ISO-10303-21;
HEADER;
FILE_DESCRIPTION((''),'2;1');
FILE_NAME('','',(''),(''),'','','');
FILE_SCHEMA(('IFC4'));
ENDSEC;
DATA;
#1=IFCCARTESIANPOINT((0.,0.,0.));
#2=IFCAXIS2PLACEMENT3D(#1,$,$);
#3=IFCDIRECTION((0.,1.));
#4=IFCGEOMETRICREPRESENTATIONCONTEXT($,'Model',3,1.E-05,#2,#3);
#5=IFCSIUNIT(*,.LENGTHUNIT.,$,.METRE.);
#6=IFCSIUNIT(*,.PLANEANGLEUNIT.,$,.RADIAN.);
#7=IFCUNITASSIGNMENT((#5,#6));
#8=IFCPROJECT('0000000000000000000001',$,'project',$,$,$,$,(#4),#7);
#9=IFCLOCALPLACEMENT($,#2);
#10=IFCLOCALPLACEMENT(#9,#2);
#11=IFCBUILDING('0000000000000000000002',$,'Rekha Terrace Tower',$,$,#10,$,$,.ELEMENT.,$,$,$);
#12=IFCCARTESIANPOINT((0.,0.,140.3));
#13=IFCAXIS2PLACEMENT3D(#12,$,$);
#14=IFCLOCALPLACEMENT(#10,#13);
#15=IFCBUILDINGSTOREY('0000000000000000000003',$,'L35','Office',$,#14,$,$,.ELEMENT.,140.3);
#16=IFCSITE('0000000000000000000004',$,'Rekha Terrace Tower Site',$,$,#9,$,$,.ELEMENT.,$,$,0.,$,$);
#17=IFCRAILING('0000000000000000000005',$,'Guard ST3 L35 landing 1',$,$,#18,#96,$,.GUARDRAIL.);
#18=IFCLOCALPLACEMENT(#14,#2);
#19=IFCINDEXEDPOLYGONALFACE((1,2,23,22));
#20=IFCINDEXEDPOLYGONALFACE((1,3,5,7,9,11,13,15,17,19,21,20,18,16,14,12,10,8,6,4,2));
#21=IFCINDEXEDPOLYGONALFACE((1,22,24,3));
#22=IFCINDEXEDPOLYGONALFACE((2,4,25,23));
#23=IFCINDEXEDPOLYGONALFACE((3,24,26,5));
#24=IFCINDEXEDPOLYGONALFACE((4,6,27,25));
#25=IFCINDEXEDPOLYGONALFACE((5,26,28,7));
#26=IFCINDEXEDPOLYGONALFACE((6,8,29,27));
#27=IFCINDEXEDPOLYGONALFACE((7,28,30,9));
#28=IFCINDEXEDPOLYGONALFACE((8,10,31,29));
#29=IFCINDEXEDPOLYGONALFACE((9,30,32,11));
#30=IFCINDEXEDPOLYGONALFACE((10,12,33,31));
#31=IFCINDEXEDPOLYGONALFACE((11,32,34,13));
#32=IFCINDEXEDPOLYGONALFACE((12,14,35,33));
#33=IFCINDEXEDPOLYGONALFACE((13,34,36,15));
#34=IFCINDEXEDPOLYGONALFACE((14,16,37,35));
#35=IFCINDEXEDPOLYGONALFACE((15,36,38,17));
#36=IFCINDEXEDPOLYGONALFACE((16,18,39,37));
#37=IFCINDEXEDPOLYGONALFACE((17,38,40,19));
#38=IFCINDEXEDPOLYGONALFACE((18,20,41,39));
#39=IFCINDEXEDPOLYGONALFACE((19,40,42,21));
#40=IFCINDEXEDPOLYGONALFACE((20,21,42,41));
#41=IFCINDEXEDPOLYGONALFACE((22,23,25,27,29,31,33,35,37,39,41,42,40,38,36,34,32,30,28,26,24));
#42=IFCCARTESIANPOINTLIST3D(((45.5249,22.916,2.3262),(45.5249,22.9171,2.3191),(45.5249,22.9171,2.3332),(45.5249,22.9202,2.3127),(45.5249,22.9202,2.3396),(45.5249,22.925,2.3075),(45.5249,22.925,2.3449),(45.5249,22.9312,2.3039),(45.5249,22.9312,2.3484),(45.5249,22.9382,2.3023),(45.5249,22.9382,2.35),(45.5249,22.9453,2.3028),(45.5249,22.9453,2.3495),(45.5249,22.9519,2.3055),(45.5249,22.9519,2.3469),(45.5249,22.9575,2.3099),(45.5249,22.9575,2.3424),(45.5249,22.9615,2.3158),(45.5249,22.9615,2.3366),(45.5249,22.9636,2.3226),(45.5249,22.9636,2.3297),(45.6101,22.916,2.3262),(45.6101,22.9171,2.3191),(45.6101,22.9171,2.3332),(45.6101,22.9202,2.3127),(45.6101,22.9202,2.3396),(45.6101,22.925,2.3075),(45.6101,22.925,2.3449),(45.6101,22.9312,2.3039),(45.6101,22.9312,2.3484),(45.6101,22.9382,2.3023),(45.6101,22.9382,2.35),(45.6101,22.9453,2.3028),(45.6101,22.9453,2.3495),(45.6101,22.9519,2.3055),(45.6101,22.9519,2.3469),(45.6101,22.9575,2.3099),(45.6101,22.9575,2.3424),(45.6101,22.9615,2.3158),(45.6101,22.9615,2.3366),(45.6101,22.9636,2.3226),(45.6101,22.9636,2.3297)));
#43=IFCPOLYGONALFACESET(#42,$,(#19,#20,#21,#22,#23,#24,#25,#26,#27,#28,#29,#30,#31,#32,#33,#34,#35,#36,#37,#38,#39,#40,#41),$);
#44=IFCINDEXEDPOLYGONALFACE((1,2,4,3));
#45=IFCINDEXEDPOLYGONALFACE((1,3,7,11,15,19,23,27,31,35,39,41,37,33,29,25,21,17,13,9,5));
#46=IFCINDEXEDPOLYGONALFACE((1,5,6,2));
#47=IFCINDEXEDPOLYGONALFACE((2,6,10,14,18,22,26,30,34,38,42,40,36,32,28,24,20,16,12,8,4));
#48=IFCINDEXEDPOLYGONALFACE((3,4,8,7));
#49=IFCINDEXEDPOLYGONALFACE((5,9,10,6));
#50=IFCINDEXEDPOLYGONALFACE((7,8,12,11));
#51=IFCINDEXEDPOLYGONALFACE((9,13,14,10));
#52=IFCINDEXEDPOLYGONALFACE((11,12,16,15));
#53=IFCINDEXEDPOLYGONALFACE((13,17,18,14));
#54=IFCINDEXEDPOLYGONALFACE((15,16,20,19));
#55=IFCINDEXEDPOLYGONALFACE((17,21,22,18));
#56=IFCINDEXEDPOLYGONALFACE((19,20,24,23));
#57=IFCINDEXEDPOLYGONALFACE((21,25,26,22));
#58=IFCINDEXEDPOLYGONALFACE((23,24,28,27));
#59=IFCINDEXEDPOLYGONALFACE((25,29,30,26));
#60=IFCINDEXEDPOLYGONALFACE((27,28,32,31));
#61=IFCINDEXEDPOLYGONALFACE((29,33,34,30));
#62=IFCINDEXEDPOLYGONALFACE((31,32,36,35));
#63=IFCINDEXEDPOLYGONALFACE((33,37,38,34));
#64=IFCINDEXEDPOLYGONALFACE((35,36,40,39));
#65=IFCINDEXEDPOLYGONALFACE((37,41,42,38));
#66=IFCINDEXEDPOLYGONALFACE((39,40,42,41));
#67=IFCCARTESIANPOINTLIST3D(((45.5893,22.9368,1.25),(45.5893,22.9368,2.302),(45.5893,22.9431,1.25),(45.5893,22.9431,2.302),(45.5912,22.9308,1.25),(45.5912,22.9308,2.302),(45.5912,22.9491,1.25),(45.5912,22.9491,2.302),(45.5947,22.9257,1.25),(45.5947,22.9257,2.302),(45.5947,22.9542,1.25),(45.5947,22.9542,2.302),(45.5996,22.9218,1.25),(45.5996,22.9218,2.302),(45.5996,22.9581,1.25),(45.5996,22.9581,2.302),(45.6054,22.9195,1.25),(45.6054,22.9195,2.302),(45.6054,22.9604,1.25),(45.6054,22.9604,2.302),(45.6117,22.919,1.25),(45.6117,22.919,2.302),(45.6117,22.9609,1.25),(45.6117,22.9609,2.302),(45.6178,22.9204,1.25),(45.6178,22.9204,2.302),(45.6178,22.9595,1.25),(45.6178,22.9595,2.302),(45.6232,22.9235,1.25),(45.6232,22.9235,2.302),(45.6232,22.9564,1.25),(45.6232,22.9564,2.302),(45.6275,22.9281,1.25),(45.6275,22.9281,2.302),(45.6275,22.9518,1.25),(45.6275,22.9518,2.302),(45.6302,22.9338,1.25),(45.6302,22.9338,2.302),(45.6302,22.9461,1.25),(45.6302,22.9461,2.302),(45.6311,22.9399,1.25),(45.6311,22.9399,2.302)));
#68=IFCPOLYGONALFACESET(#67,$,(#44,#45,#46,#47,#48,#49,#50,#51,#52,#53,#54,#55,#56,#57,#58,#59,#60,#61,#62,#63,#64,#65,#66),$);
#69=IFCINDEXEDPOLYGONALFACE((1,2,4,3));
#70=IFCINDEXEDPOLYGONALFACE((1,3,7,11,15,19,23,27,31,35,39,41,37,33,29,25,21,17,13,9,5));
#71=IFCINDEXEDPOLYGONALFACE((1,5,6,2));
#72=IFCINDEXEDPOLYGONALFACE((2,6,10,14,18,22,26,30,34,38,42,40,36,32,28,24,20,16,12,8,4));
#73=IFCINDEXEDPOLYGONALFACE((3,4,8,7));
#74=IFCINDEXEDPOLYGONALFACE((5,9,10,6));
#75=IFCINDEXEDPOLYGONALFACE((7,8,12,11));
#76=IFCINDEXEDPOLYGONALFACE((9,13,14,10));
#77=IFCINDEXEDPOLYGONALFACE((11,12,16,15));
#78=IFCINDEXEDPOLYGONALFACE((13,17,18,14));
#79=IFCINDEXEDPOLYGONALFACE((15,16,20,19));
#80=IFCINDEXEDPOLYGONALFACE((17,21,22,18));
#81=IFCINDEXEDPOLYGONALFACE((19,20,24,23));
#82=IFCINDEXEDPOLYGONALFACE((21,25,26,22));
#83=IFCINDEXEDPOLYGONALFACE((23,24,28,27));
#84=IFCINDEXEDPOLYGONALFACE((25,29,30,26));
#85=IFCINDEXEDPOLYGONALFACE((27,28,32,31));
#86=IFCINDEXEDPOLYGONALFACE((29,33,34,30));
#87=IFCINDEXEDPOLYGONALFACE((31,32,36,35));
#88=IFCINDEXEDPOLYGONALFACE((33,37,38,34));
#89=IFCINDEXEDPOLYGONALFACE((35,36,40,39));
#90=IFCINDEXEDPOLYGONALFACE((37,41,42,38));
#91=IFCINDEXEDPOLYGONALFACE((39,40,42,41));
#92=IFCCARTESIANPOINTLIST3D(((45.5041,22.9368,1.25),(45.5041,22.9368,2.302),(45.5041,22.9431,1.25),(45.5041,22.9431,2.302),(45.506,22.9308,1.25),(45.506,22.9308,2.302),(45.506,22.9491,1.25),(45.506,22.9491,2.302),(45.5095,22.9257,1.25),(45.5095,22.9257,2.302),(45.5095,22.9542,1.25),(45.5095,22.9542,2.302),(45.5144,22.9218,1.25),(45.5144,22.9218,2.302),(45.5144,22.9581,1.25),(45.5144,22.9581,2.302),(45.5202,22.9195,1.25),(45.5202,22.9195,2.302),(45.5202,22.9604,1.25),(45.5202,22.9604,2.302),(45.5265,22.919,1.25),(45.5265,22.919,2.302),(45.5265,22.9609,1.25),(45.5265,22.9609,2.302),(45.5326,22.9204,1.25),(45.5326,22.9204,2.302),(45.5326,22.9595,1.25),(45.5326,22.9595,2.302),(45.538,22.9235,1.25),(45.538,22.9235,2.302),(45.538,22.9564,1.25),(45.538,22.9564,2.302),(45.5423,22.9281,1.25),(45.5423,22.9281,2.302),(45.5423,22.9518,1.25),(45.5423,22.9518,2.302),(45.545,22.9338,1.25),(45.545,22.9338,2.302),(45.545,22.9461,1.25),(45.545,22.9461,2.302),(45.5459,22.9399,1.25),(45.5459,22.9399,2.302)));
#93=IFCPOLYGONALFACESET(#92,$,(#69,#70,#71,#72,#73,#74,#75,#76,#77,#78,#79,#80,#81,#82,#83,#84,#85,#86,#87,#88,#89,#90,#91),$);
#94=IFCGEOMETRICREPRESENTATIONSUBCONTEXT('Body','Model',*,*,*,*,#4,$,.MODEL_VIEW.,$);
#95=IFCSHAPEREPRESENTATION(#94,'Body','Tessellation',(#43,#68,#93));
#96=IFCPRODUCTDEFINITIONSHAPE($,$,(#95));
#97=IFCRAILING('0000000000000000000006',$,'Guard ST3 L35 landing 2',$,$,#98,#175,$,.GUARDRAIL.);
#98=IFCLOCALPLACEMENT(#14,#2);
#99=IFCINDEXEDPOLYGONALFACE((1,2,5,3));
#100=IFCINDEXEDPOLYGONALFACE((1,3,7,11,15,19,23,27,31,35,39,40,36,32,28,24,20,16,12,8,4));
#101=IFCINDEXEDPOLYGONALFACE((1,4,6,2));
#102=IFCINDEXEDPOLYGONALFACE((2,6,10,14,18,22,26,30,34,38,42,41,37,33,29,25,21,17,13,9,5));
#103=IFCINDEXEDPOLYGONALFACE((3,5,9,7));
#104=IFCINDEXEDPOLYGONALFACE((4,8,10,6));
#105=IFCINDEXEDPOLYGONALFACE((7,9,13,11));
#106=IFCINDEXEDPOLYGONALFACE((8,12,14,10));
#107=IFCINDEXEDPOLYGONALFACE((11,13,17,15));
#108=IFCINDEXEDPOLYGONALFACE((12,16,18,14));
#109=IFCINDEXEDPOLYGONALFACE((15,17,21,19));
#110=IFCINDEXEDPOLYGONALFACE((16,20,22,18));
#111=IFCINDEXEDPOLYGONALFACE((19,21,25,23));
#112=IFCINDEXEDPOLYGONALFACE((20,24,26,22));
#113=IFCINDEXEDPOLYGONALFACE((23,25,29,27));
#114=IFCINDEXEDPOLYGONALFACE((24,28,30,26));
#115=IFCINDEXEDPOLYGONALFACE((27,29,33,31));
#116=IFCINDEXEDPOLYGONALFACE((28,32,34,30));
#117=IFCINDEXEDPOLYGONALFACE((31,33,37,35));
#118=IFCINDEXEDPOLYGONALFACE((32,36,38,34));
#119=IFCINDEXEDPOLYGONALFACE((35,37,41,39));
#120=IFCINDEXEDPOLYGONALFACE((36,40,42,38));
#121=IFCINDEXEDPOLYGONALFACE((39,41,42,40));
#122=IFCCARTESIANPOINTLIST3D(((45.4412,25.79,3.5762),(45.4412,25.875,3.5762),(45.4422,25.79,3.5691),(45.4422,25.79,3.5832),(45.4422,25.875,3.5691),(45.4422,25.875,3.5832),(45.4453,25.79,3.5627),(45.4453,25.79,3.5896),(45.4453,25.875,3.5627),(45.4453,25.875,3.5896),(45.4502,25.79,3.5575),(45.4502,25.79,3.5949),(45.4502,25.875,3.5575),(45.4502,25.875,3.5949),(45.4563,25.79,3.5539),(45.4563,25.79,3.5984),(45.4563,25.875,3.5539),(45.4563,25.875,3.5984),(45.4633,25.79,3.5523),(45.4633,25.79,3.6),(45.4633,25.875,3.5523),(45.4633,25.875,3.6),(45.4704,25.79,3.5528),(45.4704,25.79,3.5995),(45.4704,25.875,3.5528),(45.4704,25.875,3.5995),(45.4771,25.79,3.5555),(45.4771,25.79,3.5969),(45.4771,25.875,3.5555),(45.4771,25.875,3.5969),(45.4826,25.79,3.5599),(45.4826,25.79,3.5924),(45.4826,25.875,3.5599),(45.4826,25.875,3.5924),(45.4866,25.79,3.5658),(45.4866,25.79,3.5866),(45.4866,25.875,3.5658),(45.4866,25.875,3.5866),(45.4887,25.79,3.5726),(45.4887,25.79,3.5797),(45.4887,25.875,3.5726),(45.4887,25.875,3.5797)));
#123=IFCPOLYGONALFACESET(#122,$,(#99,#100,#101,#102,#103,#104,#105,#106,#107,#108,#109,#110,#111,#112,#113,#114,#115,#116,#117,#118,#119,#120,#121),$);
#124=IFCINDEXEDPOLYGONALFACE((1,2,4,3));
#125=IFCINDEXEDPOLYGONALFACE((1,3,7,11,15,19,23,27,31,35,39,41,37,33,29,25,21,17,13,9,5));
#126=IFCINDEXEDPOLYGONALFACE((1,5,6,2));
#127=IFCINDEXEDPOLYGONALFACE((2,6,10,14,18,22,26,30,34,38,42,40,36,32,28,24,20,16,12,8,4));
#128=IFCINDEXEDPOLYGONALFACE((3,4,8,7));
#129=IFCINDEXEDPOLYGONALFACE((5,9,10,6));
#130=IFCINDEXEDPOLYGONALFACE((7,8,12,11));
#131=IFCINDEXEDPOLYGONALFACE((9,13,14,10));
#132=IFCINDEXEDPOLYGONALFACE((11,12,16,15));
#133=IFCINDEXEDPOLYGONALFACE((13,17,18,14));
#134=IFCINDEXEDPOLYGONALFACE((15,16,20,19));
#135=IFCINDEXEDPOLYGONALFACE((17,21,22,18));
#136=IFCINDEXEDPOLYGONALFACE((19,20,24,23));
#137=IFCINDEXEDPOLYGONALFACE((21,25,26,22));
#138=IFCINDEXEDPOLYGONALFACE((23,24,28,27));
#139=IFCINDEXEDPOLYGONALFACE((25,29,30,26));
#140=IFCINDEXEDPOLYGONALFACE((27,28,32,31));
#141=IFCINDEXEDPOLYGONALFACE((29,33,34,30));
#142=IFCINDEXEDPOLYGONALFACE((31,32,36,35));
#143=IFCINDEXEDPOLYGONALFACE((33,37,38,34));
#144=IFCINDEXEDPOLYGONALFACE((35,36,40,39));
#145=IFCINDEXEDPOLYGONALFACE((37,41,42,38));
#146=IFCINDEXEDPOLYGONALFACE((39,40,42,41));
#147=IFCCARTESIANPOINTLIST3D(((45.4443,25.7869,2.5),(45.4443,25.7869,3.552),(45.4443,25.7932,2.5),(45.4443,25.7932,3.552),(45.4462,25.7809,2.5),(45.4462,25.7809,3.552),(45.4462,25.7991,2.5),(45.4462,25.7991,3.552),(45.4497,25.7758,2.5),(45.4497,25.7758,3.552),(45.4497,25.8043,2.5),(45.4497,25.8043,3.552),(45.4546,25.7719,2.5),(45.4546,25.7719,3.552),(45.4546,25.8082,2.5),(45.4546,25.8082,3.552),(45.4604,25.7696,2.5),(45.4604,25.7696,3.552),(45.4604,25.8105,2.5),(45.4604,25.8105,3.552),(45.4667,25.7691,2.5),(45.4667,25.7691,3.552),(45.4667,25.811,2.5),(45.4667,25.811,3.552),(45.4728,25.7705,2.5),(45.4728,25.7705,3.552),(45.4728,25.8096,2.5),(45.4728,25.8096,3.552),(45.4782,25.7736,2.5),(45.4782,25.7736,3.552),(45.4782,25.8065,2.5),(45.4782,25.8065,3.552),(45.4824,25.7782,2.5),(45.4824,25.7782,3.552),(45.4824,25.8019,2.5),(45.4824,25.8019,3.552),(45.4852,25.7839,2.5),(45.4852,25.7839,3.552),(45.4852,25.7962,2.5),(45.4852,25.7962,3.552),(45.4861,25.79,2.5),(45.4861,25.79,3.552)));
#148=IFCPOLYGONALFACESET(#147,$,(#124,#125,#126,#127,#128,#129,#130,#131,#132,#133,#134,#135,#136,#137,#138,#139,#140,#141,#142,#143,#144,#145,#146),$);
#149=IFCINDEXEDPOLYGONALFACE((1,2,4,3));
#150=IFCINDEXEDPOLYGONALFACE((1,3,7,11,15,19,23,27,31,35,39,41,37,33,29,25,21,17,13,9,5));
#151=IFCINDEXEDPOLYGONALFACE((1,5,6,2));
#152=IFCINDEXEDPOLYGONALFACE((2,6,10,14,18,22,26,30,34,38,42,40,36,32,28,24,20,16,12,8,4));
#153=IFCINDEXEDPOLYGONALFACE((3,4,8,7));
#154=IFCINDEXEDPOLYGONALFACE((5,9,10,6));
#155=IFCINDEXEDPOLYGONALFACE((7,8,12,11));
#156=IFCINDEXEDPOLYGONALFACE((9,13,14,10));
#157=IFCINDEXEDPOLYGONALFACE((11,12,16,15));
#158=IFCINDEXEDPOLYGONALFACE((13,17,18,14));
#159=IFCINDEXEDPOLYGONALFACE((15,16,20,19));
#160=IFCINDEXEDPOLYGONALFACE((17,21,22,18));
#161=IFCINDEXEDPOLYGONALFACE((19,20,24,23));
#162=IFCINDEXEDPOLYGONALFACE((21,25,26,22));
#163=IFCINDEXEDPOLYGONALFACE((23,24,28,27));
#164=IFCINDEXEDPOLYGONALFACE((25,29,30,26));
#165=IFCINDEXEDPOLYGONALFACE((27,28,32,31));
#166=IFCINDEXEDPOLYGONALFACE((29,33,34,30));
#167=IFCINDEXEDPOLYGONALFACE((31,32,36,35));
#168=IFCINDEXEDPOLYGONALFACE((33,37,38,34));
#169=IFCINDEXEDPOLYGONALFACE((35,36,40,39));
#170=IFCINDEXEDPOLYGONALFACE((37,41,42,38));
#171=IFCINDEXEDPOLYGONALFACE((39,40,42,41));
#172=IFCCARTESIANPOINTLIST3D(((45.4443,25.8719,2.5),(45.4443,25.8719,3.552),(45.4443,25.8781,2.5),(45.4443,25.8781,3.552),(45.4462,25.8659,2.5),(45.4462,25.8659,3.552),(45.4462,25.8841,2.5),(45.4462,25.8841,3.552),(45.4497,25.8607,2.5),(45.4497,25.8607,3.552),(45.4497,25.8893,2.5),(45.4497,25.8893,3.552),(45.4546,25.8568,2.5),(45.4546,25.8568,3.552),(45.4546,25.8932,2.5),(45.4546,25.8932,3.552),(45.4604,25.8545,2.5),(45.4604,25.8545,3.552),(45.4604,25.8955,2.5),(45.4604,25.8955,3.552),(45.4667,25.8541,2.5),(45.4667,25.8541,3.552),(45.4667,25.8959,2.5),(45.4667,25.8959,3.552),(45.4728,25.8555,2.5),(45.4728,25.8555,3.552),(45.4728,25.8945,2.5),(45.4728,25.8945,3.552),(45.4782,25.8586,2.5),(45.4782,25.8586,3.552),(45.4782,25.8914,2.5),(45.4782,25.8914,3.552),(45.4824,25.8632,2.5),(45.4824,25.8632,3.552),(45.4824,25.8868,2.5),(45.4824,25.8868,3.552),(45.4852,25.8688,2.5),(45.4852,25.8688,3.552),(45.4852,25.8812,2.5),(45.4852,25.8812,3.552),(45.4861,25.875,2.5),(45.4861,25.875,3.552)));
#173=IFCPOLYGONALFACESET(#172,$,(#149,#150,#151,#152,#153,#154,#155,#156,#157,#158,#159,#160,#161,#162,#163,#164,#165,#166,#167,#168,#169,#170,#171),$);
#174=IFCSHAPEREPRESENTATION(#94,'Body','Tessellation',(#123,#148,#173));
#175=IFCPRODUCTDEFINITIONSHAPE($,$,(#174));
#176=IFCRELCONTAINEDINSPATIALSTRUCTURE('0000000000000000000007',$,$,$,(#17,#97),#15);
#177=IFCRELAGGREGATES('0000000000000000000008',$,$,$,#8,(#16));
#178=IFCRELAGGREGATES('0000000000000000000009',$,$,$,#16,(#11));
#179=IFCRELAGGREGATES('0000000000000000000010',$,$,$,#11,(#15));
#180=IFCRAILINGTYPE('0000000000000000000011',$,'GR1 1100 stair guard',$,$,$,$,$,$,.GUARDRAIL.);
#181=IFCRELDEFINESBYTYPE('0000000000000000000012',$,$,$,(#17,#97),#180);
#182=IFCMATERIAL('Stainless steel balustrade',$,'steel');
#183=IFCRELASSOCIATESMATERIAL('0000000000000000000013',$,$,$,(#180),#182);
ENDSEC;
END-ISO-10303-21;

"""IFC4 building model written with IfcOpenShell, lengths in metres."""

from ifc_helpers import new_model, si_unit, direction, frame, origin, origin_2d, place, context, subcontext, project, spatial, circle, extrude, material, type_object, element, save


model = new_model("IFC4")

# Units and contexts
model_context = context("Model", 3, precision=1e-05, world=origin(), true_north=direction((0.0, 1.0)))
body_context = subcontext(model_context, "Body", "Model", "MODEL_VIEW")
ifc_project = project(units=[si_unit("LENGTHUNIT", "METRE"), si_unit("PLANEANGLEUNIT", "RADIAN")], contexts=[model_context])

# Site, building, storey
site_placement = place(None, origin())
site = spatial("IfcSite", under=ifc_project, at=site_placement, Name="Rekha Terrace Tower Site", CompositionType="ELEMENT", RefElevation=0.0)
building_placement = place(site_placement, origin())
building = spatial("IfcBuilding", under=site, at=building_placement, Name="Rekha Terrace Tower", CompositionType="ELEMENT")
storey_placement = place(building_placement, frame((0.0, 0.0, 140.3)))
storey = spatial("IfcBuildingStorey", under=building, at=storey_placement, Name="L35", Description="Office", CompositionType="ELEMENT", Elevation=140.3)

# Railings
ifc_material_1 = material(Name="Stainless steel balustrade", Category="steel")
railing_type_1 = type_object("IfcRailingType", Name="GR1 1100 stair guard", PredefinedType="GUARDRAIL", material=ifc_material_1)
railing_1_placement = place(storey_placement, frame((45.6101, 22.9399, 1.25)))
element("IfcRailing", 1, at=railing_1_placement, inside=storey, type_object=railing_type_1, Name="Guard ST3 L35 landing 1", PredefinedType="GUARDRAIL", context=body_context, shape_type="SweptSolid", body=[
    extrude(circle(Radius=0.0239, at=origin_2d()), frame((0.0, 0.0, 1.0762), z_axis=(-1.0, 0.0, 0.0), x_axis=(0.0, -1.0, 0.0)), (0.0, 0.0, 1.0), 0.0852),
    extrude(circle(Radius=0.021, at=origin_2d()), origin(), (0.0, 0.0, 1.0), 1.052),
    extrude(circle(Radius=0.021, at=origin_2d()), frame((-0.0852, 0.0, 0.0)), (0.0, 0.0, 1.0), 1.052),
])
railing_2_placement = place(storey_placement, frame((45.4651, 25.79, 2.5)))
element("IfcRailing", 2, at=railing_2_placement, inside=storey, type_object=railing_type_1, Name="Guard ST3 L35 landing 2", PredefinedType="GUARDRAIL", context=body_context, shape_type="SweptSolid", body=[
    extrude(circle(Radius=0.0239, at=origin_2d()), frame((0.0, 0.0, 1.0762), z_axis=(0.0, 1.0, 0.0), x_axis=(-1.0, 0.0, 0.0)), (0.0, 0.0, 1.0), 0.085),
    extrude(circle(Radius=0.021, at=origin_2d()), origin(), (0.0, 0.0, 1.0), 1.052),
    extrude(circle(Radius=0.021, at=origin_2d()), frame((0.0, 0.085, 0.0)), (0.0, 0.0, 1.0), 1.052),
])

save(model, "model.ifc")
